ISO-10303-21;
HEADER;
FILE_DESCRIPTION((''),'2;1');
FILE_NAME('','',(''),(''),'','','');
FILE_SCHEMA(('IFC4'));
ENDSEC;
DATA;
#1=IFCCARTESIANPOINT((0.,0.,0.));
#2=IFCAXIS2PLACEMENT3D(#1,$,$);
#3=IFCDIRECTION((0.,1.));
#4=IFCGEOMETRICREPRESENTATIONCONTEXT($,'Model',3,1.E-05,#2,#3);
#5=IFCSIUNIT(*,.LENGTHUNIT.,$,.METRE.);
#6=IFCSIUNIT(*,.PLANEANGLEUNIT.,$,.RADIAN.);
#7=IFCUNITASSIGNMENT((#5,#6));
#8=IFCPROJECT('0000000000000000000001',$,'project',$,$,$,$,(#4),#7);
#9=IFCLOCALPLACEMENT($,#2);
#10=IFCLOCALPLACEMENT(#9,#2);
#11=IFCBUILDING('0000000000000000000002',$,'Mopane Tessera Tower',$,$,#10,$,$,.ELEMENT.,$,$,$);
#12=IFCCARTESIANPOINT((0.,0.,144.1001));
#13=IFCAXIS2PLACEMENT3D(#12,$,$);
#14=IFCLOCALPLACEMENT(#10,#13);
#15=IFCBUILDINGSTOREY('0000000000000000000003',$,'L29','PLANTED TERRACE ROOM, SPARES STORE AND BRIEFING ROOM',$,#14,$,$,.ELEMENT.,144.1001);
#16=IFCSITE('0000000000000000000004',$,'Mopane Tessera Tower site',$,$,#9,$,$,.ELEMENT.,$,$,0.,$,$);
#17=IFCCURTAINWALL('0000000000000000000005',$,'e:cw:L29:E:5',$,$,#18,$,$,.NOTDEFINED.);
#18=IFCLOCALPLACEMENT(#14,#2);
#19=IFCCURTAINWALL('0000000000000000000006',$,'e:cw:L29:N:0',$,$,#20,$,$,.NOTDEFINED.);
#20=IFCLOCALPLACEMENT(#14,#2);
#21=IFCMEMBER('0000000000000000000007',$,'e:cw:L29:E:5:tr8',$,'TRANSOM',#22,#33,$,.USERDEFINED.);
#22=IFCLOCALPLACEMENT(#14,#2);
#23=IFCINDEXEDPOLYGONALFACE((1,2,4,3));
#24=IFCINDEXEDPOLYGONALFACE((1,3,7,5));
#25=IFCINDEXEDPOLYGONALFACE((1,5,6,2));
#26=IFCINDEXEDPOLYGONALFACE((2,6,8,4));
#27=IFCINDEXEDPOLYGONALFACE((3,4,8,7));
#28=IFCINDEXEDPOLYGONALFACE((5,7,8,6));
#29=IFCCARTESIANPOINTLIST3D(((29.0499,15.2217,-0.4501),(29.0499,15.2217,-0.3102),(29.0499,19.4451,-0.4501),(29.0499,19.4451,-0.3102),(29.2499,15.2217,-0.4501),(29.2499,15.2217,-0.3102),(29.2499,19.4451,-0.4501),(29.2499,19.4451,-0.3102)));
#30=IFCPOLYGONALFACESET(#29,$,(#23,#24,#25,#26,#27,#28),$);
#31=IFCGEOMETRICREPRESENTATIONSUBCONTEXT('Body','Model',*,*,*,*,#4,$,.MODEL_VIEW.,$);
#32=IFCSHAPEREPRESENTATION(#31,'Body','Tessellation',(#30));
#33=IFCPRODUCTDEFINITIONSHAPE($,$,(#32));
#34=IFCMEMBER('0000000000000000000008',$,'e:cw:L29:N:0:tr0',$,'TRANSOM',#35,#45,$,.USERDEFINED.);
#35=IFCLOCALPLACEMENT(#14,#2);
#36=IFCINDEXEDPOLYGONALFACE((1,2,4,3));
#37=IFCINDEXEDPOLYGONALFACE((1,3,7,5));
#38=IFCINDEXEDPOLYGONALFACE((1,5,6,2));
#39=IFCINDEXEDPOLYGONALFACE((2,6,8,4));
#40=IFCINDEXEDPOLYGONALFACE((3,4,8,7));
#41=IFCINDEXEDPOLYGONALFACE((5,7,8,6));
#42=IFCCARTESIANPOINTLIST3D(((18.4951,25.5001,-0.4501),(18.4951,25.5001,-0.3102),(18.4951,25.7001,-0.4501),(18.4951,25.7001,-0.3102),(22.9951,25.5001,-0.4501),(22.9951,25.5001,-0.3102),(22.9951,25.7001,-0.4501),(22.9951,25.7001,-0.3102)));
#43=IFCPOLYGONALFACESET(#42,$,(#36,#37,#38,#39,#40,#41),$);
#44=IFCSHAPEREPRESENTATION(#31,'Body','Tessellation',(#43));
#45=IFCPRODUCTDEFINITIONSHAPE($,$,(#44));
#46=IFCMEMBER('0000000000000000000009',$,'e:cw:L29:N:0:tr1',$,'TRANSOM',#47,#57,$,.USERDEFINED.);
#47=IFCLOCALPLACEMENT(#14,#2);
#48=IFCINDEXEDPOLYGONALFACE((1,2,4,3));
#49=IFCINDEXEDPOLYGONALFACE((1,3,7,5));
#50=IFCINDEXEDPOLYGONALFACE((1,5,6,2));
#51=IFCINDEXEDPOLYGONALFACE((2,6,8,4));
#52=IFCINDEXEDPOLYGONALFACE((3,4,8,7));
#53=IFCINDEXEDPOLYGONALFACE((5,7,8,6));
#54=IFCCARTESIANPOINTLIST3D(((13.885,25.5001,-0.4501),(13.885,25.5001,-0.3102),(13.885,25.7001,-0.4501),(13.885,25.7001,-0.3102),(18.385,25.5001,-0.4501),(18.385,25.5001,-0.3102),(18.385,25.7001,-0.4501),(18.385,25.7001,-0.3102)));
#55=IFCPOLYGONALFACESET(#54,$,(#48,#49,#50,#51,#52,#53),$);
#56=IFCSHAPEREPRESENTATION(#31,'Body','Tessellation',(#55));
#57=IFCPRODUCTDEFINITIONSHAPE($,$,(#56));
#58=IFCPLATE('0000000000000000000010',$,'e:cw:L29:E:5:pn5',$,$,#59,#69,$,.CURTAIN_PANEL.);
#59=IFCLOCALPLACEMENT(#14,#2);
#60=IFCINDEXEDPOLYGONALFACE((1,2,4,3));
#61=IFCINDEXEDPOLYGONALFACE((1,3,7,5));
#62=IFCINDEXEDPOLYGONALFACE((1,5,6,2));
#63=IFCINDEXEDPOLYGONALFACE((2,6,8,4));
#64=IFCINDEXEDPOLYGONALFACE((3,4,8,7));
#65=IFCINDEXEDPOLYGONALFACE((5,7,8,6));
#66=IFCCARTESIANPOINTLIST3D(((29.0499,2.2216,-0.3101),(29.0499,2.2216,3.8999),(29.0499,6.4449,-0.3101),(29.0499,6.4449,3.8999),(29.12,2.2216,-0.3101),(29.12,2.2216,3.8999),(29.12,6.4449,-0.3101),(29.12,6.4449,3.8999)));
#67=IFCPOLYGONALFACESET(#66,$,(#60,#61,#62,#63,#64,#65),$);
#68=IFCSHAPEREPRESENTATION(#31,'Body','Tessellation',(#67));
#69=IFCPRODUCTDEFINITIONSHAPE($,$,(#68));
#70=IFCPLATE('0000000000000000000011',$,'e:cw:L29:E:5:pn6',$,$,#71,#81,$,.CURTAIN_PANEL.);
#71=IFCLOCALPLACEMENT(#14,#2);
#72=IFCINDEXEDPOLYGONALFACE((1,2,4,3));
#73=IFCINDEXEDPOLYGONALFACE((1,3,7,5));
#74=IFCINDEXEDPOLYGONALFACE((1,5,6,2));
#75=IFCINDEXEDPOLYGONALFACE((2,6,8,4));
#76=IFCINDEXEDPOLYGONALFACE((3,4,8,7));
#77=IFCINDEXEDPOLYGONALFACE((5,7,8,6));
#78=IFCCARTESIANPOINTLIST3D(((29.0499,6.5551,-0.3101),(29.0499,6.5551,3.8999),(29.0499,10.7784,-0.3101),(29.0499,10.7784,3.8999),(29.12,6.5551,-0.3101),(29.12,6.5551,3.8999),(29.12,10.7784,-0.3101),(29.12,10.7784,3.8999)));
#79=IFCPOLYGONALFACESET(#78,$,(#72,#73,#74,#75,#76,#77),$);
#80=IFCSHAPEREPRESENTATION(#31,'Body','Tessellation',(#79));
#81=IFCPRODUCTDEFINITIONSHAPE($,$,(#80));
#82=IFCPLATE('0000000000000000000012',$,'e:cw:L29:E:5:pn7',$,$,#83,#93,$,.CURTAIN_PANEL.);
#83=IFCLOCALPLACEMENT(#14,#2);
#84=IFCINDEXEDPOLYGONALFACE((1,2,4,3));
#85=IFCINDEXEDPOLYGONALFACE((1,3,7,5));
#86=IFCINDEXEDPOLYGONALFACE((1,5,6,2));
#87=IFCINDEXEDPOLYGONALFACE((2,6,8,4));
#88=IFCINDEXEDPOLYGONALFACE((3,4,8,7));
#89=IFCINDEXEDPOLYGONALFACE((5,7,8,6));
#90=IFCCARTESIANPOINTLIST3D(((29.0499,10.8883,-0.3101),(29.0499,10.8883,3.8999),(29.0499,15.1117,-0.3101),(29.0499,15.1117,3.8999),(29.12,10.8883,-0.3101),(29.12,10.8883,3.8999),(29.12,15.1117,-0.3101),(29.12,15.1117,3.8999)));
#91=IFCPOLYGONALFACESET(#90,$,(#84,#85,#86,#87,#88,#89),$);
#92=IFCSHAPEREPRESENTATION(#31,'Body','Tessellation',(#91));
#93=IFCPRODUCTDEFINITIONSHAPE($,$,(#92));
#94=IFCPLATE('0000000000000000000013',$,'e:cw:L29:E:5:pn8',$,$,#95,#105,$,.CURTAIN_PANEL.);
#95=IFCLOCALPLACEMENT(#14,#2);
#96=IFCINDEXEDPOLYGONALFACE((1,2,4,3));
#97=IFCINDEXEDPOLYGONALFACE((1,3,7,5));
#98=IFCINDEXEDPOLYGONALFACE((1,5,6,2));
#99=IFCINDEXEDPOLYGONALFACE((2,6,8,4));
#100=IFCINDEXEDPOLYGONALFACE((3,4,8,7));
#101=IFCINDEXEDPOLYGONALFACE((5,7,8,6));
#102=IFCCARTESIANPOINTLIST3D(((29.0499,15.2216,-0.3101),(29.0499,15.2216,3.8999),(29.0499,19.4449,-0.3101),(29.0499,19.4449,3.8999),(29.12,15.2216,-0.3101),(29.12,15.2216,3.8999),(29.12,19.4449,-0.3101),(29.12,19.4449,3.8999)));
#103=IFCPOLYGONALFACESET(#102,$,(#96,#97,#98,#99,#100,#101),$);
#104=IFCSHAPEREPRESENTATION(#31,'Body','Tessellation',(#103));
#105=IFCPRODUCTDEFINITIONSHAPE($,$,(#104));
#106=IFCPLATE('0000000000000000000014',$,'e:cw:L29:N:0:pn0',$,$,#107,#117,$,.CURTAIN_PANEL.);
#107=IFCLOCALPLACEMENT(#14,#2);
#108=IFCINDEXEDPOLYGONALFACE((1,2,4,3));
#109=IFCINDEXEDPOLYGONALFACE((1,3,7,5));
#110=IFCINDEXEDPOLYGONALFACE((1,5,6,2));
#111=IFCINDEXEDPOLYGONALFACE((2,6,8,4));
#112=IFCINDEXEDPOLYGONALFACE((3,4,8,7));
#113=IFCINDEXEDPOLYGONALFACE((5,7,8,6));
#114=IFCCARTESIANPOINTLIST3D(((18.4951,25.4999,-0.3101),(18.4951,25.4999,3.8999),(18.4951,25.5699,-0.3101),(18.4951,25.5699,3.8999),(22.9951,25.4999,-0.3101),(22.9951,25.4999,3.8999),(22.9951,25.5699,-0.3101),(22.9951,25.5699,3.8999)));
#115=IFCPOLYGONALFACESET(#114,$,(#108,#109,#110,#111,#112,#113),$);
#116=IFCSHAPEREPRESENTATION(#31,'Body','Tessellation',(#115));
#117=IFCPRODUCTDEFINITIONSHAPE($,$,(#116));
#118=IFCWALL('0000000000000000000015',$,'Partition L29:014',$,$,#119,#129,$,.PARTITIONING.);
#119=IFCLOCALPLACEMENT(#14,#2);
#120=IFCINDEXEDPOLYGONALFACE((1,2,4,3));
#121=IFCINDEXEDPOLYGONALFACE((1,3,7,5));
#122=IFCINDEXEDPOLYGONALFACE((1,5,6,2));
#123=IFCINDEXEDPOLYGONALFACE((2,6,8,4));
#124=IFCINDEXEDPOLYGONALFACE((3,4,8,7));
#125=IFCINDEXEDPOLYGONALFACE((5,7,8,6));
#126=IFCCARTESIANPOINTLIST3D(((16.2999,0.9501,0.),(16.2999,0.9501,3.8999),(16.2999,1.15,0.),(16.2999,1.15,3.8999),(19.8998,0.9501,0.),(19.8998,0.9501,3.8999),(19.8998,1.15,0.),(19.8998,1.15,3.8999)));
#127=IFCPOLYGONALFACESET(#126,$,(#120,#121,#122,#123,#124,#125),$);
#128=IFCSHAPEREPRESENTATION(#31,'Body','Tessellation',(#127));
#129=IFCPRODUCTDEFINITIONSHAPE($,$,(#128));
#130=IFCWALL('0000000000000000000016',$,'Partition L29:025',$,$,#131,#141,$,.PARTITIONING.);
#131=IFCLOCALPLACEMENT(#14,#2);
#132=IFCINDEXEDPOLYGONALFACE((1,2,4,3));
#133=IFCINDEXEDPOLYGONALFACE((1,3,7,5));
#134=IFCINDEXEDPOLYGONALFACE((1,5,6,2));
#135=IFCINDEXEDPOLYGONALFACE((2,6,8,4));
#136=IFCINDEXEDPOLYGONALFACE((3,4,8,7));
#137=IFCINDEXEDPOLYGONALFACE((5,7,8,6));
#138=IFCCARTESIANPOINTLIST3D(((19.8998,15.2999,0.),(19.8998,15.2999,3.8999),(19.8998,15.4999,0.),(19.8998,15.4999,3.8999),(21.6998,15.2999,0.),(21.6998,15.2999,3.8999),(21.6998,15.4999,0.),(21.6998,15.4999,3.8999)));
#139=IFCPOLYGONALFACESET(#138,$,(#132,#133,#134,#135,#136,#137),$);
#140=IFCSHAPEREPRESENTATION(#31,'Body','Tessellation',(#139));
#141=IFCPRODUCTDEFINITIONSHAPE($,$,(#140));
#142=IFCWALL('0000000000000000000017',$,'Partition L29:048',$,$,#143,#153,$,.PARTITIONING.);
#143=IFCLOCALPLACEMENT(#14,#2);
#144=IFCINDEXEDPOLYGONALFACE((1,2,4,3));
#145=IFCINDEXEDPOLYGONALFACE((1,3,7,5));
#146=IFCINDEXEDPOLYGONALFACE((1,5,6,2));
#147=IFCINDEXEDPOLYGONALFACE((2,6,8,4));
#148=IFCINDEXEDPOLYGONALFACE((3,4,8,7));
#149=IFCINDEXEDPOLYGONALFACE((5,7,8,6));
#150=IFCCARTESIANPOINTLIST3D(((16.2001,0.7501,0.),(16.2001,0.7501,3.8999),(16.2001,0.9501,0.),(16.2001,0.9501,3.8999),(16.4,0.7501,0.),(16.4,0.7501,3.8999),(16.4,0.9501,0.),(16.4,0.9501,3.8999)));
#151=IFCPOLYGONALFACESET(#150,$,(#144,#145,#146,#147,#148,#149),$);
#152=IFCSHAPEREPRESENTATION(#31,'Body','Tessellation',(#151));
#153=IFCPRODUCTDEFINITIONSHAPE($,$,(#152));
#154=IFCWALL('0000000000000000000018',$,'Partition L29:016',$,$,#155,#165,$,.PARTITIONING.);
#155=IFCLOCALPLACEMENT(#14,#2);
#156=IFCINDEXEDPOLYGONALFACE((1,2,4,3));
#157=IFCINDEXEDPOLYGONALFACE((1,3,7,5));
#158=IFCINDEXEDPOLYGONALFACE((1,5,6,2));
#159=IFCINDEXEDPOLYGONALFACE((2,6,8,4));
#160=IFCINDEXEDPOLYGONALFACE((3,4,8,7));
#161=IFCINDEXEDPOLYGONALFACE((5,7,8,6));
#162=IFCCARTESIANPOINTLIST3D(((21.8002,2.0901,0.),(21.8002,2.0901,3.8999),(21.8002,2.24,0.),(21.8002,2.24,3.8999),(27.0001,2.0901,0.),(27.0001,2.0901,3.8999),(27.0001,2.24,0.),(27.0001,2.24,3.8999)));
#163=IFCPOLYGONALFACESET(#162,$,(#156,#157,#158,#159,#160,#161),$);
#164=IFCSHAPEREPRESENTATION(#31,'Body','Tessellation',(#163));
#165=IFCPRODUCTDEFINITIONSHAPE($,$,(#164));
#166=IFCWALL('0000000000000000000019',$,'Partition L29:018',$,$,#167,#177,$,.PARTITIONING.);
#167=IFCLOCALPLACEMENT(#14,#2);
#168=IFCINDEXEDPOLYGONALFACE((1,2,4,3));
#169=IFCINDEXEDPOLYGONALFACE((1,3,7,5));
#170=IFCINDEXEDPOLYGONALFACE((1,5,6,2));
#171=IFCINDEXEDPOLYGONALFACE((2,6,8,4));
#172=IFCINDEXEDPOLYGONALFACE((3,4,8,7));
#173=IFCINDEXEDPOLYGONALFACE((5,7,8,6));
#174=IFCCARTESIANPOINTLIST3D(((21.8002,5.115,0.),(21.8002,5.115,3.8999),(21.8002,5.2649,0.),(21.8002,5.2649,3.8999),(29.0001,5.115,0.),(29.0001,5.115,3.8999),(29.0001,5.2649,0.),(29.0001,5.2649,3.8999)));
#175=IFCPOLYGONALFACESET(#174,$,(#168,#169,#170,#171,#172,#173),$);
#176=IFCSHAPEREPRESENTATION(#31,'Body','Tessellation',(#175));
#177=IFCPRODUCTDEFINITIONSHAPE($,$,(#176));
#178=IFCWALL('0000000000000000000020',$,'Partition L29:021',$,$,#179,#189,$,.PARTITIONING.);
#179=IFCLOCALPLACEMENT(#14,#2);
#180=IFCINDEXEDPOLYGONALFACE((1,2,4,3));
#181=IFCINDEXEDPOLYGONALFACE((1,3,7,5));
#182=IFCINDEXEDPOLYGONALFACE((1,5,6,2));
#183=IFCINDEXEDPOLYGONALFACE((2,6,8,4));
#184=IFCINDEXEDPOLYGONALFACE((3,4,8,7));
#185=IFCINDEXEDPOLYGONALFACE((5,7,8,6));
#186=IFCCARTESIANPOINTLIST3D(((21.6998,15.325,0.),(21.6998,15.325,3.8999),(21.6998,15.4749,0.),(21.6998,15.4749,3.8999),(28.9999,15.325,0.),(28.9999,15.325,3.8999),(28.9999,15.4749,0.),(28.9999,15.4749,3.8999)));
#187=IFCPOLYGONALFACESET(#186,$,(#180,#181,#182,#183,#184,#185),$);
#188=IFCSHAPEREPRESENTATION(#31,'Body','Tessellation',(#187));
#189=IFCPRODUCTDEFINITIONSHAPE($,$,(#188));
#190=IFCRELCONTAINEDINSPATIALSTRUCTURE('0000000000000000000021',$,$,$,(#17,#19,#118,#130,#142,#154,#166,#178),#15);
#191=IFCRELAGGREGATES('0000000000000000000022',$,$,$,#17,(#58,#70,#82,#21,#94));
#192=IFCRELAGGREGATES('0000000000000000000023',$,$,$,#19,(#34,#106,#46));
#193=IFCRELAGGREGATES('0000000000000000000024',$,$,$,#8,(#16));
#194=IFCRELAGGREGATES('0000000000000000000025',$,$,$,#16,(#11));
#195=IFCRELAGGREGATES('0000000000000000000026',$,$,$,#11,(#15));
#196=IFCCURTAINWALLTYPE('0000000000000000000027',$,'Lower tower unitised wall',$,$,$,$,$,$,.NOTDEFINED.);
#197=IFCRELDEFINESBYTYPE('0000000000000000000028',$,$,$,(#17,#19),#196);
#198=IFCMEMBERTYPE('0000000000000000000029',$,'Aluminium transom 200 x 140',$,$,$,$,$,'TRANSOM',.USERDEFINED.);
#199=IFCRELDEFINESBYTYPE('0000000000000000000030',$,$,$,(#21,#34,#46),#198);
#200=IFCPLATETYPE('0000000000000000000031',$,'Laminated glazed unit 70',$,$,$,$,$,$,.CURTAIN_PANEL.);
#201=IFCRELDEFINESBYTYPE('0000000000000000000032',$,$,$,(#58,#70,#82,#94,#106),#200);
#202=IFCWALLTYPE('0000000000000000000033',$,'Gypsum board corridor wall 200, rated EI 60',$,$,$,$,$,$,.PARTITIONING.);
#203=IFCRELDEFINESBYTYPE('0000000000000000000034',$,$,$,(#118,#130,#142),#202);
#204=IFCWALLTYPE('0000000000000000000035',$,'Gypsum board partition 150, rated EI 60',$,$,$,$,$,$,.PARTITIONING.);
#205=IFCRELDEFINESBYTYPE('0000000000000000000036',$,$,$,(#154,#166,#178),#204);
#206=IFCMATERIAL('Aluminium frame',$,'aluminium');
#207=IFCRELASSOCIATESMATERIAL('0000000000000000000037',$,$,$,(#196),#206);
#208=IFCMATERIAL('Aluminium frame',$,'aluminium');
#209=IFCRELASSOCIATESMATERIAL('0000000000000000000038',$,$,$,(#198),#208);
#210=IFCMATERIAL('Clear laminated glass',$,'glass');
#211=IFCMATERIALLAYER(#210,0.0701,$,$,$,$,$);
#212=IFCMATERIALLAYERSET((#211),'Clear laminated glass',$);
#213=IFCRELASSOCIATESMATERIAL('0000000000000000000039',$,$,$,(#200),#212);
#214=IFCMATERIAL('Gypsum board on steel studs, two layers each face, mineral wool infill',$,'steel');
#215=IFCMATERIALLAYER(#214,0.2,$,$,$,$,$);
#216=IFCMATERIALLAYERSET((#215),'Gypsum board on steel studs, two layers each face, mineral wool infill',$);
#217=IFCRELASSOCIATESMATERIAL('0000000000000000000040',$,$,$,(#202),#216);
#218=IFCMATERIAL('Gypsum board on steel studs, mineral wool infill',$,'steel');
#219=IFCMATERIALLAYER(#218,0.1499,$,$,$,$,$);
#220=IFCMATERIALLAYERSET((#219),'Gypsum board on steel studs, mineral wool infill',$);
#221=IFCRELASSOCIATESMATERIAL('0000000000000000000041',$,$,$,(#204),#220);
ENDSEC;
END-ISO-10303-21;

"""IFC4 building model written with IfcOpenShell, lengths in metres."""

from ifc_helpers import new_model, si_unit, direction, frame, frame_2d, origin, origin_2d, place, context, subcontext, project, spatial, rectangle, extrude, material, layer, layer_set, material_profile, profile_set, type_object, element, aggregate, save


model = new_model("IFC4")

# Units and contexts
model_context = context("Model", 3, precision=1e-05, world=origin(), true_north=direction((0.0, 1.0)))
body_context = subcontext(model_context, "Body", "Model", "MODEL_VIEW")
ifc_project = project(units=[si_unit("LENGTHUNIT", "METRE"), si_unit("PLANEANGLEUNIT", "RADIAN")], contexts=[model_context])

# Site, building, storey
site_placement = place(None, origin())
site = spatial("IfcSite", under=ifc_project, at=site_placement, Name="Mopane Tessera Tower site", CompositionType="ELEMENT", RefElevation=0.0)
building_placement = place(site_placement, origin())
building = spatial("IfcBuilding", under=site, at=building_placement, Name="Mopane Tessera Tower", CompositionType="ELEMENT")
storey_placement = place(building_placement, frame((0.0, 0.0, 144.1001)))
storey = spatial("IfcBuildingStorey", under=building, at=storey_placement, Name="L29", Description="PLANTED TERRACE ROOM, SPARES STORE AND BRIEFING ROOM", CompositionType="ELEMENT", Elevation=144.1001)

# Curtain walls
ifc_material_1 = material(Name="Aluminium frame", Category="aluminium")
curtain_wall_type = type_object("IfcCurtainWallType", Name="Lower tower unitised wall", PredefinedType="NOTDEFINED", material=ifc_material_1)
curtain_wall_1_placement = place(storey_placement, origin())
curtain_wall_1 = element("IfcCurtainWall", 1, at=curtain_wall_1_placement, inside=storey, type_object=curtain_wall_type, Name="e:cw:L29:E:5", PredefinedType="NOTDEFINED")
curtain_wall_2_placement = place(storey_placement, origin())
curtain_wall_2 = element("IfcCurtainWall", 2, at=curtain_wall_2_placement, inside=storey, type_object=curtain_wall_type, Name="e:cw:L29:N:0", PredefinedType="NOTDEFINED")

# Members
ifc_material_2 = material(Name="Aluminium frame", Category="aluminium")
ifc_material_profile_1 = material_profile(ifc_material_2, rectangle(XDim=0.2, YDim=0.1399, at=origin_2d()))
ifc_profile_set_1 = profile_set([ifc_material_profile_1], Name="Aluminium frame")
member_type_1 = type_object("IfcMemberType", Name="Aluminium transom 200 x 140", ElementType="TRANSOM", PredefinedType="USERDEFINED", material=ifc_profile_set_1)
member_1_placement = place(storey_placement, frame((29.1499, 15.2217, -0.3801), z_axis=(0.0, 1.0, 0.0), x_axis=(-1.0, 0.0, 0.0)))
member_1 = element("IfcMember", 3, at=member_1_placement, type_object=member_type_1, Name="e:cw:L29:E:5:tr8", ObjectType="TRANSOM", PredefinedType="USERDEFINED", context=body_context, shape_type="SweptSolid", body=[
    extrude(rectangle(XDim=0.2, YDim=0.1399, at=origin_2d()), origin(), (0.0, 0.0, 1.0), 4.2234),
])
member_2_placement = place(storey_placement, frame((22.9951, 25.6001, -0.3801), z_axis=(-1.0, 0.0, 0.0), x_axis=(0.0, -1.0, 0.0)))
member_2 = element("IfcMember", 4, at=member_2_placement, type_object=member_type_1, Name="e:cw:L29:N:0:tr0", ObjectType="TRANSOM", PredefinedType="USERDEFINED", context=body_context, shape_type="SweptSolid", body=[
    extrude(rectangle(XDim=0.2, YDim=0.1399, at=origin_2d()), origin(), (0.0, 0.0, 1.0), 4.5),
])
member_3_placement = place(storey_placement, frame((18.385, 25.6001, -0.3801), z_axis=(-1.0, 0.0, 0.0), x_axis=(0.0, -1.0, 0.0)))
member_3 = element("IfcMember", 5, at=member_3_placement, type_object=member_type_1, Name="e:cw:L29:N:0:tr1", ObjectType="TRANSOM", PredefinedType="USERDEFINED", context=body_context, shape_type="SweptSolid", body=[
    extrude(rectangle(XDim=0.2, YDim=0.1399, at=origin_2d()), origin(), (0.0, 0.0, 1.0), 4.5),
])

# Plates
ifc_material_3 = material(Name="Clear laminated glass", Category="glass")
ifc_layer_1 = layer(ifc_material_3, 0.0701)
ifc_layer_set_1 = layer_set([ifc_layer_1], Name="Clear laminated glass")
plate_type = type_object("IfcPlateType", Name="Laminated glazed unit 70", PredefinedType="CURTAIN_PANEL", material=ifc_layer_set_1)
plate_1_placement = place(storey_placement, frame((29.085, 4.3333, -0.3101), z_axis=(0.0, 0.0, 1.0), x_axis=(0.0, 1.0, 0.0)))
plate_1 = element("IfcPlate", 6, at=plate_1_placement, type_object=plate_type, Name="e:cw:L29:E:5:pn5", PredefinedType="CURTAIN_PANEL", context=body_context, shape_type="SweptSolid", body=[
    extrude(rectangle(XDim=4.2234, YDim=0.0701, at=origin_2d()), origin(), (0.0, 0.0, 1.0), 4.21),
])
plate_2_placement = place(storey_placement, frame((29.085, 8.6667, -0.3101), z_axis=(0.0, 0.0, 1.0), x_axis=(0.0, 1.0, 0.0)))
plate_2 = element("IfcPlate", 7, at=plate_2_placement, type_object=plate_type, Name="e:cw:L29:E:5:pn6", PredefinedType="CURTAIN_PANEL", context=body_context, shape_type="SweptSolid", body=[
    extrude(rectangle(XDim=4.2234, YDim=0.0701, at=origin_2d()), origin(), (0.0, 0.0, 1.0), 4.21),
])
plate_3_placement = place(storey_placement, frame((29.085, 13.0, -0.3101), z_axis=(0.0, 0.0, 1.0), x_axis=(0.0, 1.0, 0.0)))
plate_3 = element("IfcPlate", 8, at=plate_3_placement, type_object=plate_type, Name="e:cw:L29:E:5:pn7", PredefinedType="CURTAIN_PANEL", context=body_context, shape_type="SweptSolid", body=[
    extrude(rectangle(XDim=4.2234, YDim=0.0701, at=origin_2d()), origin(), (0.0, 0.0, 1.0), 4.21),
])
plate_4_placement = place(storey_placement, frame((29.085, 17.3333, -0.3101), z_axis=(0.0, 0.0, 1.0), x_axis=(0.0, 1.0, 0.0)))
plate_4 = element("IfcPlate", 9, at=plate_4_placement, type_object=plate_type, Name="e:cw:L29:E:5:pn8", PredefinedType="CURTAIN_PANEL", context=body_context, shape_type="SweptSolid", body=[
    extrude(rectangle(XDim=4.2234, YDim=0.0701, at=origin_2d()), origin(), (0.0, 0.0, 1.0), 4.21),
])
aggregate(curtain_wall_1, [plate_1, plate_2, plate_3, member_1, plate_4])
plate_5_placement = place(storey_placement, frame((20.7451, 25.5349, -0.3101), z_axis=(0.0, 0.0, 1.0), x_axis=(-1.0, 0.0, 0.0)))
plate_5 = element("IfcPlate", 10, at=plate_5_placement, type_object=plate_type, Name="e:cw:L29:N:0:pn0", PredefinedType="CURTAIN_PANEL", context=body_context, shape_type="SweptSolid", body=[
    extrude(rectangle(XDim=4.5, YDim=0.0701, at=origin_2d()), origin(), (0.0, 0.0, 1.0), 4.21),
])
aggregate(curtain_wall_2, [member_2, plate_5, member_3])

# Walls
ifc_material_4 = material(Name="Gypsum board on steel studs, two layers each face, mineral wool infill", Category="steel")
ifc_layer_2 = layer(ifc_material_4, 0.2)
ifc_layer_set_2 = layer_set([ifc_layer_2], Name="Gypsum board on steel studs, two layers each face, mineral wool infill")
wall_type_1 = type_object("IfcWallType", Name="Gypsum board corridor wall 200, rated EI 60", PredefinedType="PARTITIONING", material=ifc_layer_set_2)
wall_1_placement = place(storey_placement, frame((16.3, 1.05, 0.0), z_axis=(0.0, 0.0, 1.0), x_axis=(1.0, 0.0, 0.0)))
element("IfcWall", 11, at=wall_1_placement, inside=storey, type_object=wall_type_1, Name="Partition L29:014", PredefinedType="PARTITIONING", context=body_context, shape_type="SweptSolid", body=[
    extrude(rectangle(XDim=3.5999, YDim=0.2, at=frame_2d((1.7998, 0.0))), origin(), (0.0, 0.0, 1.0), 3.8999),
])
wall_2_placement = place(storey_placement, frame((19.8999, 15.3999, 0.0), z_axis=(0.0, 0.0, 1.0), x_axis=(1.0, 0.0, 0.0)))
element("IfcWall", 12, at=wall_2_placement, inside=storey, type_object=wall_type_1, Name="Partition L29:025", PredefinedType="PARTITIONING", context=body_context, shape_type="SweptSolid", body=[
    extrude(rectangle(XDim=1.8, YDim=0.2, at=frame_2d((0.8999, 0.0))), origin(), (0.0, 0.0, 1.0), 3.8999),
])
wall_3_placement = place(storey_placement, frame((16.3, 0.75, 0.0), z_axis=(0.0, 0.0, 1.0), x_axis=(0.0, 1.0, 0.0)))
element("IfcWall", 13, at=wall_3_placement, inside=storey, type_object=wall_type_1, Name="Partition L29:048", PredefinedType="PARTITIONING", context=body_context, shape_type="SweptSolid", body=[
    extrude(rectangle(XDim=0.2, YDim=0.2, at=frame_2d((0.1001, 0.0))), origin(), (0.0, 0.0, 1.0), 3.8999),
])
ifc_material_5 = material(Name="Gypsum board on steel studs, mineral wool infill", Category="steel")
ifc_layer_3 = layer(ifc_material_5, 0.1499)
ifc_layer_set_3 = layer_set([ifc_layer_3], Name="Gypsum board on steel studs, mineral wool infill")
wall_type_2 = type_object("IfcWallType", Name="Gypsum board partition 150, rated EI 60", PredefinedType="PARTITIONING", material=ifc_layer_set_3)
wall_4_placement = place(storey_placement, frame((21.8, 2.165, 0.0), z_axis=(0.0, 0.0, 1.0), x_axis=(1.0, 0.0, 0.0)))
element("IfcWall", 14, at=wall_4_placement, inside=storey, type_object=wall_type_2, Name="Partition L29:016", PredefinedType="PARTITIONING", context=body_context, shape_type="SweptSolid", body=[
    extrude(rectangle(XDim=5.2, YDim=0.1499, at=frame_2d((2.6001, 0.0))), origin(), (0.0, 0.0, 1.0), 3.8999),
])
wall_5_placement = place(storey_placement, frame((21.8, 5.1899, 0.0), z_axis=(0.0, 0.0, 1.0), x_axis=(1.0, 0.0, 0.0)))
element("IfcWall", 15, at=wall_5_placement, inside=storey, type_object=wall_type_2, Name="Partition L29:018", PredefinedType="PARTITIONING", context=body_context, shape_type="SweptSolid", body=[
    extrude(rectangle(XDim=7.2, YDim=0.1499, at=frame_2d((3.6001, 0.0))), origin(), (0.0, 0.0, 1.0), 3.8999),
])
wall_6_placement = place(storey_placement, frame((21.7, 15.3999, 0.0), z_axis=(0.0, 0.0, 1.0), x_axis=(1.0, 0.0, 0.0)))
element("IfcWall", 16, at=wall_6_placement, inside=storey, type_object=wall_type_2, Name="Partition L29:021", PredefinedType="PARTITIONING", context=body_context, shape_type="SweptSolid", body=[
    extrude(rectangle(XDim=7.3, YDim=0.1499, at=frame_2d((3.6499, 0.0))), origin(), (0.0, 0.0, 1.0), 3.8999),
])

save(model, "model.ifc")
